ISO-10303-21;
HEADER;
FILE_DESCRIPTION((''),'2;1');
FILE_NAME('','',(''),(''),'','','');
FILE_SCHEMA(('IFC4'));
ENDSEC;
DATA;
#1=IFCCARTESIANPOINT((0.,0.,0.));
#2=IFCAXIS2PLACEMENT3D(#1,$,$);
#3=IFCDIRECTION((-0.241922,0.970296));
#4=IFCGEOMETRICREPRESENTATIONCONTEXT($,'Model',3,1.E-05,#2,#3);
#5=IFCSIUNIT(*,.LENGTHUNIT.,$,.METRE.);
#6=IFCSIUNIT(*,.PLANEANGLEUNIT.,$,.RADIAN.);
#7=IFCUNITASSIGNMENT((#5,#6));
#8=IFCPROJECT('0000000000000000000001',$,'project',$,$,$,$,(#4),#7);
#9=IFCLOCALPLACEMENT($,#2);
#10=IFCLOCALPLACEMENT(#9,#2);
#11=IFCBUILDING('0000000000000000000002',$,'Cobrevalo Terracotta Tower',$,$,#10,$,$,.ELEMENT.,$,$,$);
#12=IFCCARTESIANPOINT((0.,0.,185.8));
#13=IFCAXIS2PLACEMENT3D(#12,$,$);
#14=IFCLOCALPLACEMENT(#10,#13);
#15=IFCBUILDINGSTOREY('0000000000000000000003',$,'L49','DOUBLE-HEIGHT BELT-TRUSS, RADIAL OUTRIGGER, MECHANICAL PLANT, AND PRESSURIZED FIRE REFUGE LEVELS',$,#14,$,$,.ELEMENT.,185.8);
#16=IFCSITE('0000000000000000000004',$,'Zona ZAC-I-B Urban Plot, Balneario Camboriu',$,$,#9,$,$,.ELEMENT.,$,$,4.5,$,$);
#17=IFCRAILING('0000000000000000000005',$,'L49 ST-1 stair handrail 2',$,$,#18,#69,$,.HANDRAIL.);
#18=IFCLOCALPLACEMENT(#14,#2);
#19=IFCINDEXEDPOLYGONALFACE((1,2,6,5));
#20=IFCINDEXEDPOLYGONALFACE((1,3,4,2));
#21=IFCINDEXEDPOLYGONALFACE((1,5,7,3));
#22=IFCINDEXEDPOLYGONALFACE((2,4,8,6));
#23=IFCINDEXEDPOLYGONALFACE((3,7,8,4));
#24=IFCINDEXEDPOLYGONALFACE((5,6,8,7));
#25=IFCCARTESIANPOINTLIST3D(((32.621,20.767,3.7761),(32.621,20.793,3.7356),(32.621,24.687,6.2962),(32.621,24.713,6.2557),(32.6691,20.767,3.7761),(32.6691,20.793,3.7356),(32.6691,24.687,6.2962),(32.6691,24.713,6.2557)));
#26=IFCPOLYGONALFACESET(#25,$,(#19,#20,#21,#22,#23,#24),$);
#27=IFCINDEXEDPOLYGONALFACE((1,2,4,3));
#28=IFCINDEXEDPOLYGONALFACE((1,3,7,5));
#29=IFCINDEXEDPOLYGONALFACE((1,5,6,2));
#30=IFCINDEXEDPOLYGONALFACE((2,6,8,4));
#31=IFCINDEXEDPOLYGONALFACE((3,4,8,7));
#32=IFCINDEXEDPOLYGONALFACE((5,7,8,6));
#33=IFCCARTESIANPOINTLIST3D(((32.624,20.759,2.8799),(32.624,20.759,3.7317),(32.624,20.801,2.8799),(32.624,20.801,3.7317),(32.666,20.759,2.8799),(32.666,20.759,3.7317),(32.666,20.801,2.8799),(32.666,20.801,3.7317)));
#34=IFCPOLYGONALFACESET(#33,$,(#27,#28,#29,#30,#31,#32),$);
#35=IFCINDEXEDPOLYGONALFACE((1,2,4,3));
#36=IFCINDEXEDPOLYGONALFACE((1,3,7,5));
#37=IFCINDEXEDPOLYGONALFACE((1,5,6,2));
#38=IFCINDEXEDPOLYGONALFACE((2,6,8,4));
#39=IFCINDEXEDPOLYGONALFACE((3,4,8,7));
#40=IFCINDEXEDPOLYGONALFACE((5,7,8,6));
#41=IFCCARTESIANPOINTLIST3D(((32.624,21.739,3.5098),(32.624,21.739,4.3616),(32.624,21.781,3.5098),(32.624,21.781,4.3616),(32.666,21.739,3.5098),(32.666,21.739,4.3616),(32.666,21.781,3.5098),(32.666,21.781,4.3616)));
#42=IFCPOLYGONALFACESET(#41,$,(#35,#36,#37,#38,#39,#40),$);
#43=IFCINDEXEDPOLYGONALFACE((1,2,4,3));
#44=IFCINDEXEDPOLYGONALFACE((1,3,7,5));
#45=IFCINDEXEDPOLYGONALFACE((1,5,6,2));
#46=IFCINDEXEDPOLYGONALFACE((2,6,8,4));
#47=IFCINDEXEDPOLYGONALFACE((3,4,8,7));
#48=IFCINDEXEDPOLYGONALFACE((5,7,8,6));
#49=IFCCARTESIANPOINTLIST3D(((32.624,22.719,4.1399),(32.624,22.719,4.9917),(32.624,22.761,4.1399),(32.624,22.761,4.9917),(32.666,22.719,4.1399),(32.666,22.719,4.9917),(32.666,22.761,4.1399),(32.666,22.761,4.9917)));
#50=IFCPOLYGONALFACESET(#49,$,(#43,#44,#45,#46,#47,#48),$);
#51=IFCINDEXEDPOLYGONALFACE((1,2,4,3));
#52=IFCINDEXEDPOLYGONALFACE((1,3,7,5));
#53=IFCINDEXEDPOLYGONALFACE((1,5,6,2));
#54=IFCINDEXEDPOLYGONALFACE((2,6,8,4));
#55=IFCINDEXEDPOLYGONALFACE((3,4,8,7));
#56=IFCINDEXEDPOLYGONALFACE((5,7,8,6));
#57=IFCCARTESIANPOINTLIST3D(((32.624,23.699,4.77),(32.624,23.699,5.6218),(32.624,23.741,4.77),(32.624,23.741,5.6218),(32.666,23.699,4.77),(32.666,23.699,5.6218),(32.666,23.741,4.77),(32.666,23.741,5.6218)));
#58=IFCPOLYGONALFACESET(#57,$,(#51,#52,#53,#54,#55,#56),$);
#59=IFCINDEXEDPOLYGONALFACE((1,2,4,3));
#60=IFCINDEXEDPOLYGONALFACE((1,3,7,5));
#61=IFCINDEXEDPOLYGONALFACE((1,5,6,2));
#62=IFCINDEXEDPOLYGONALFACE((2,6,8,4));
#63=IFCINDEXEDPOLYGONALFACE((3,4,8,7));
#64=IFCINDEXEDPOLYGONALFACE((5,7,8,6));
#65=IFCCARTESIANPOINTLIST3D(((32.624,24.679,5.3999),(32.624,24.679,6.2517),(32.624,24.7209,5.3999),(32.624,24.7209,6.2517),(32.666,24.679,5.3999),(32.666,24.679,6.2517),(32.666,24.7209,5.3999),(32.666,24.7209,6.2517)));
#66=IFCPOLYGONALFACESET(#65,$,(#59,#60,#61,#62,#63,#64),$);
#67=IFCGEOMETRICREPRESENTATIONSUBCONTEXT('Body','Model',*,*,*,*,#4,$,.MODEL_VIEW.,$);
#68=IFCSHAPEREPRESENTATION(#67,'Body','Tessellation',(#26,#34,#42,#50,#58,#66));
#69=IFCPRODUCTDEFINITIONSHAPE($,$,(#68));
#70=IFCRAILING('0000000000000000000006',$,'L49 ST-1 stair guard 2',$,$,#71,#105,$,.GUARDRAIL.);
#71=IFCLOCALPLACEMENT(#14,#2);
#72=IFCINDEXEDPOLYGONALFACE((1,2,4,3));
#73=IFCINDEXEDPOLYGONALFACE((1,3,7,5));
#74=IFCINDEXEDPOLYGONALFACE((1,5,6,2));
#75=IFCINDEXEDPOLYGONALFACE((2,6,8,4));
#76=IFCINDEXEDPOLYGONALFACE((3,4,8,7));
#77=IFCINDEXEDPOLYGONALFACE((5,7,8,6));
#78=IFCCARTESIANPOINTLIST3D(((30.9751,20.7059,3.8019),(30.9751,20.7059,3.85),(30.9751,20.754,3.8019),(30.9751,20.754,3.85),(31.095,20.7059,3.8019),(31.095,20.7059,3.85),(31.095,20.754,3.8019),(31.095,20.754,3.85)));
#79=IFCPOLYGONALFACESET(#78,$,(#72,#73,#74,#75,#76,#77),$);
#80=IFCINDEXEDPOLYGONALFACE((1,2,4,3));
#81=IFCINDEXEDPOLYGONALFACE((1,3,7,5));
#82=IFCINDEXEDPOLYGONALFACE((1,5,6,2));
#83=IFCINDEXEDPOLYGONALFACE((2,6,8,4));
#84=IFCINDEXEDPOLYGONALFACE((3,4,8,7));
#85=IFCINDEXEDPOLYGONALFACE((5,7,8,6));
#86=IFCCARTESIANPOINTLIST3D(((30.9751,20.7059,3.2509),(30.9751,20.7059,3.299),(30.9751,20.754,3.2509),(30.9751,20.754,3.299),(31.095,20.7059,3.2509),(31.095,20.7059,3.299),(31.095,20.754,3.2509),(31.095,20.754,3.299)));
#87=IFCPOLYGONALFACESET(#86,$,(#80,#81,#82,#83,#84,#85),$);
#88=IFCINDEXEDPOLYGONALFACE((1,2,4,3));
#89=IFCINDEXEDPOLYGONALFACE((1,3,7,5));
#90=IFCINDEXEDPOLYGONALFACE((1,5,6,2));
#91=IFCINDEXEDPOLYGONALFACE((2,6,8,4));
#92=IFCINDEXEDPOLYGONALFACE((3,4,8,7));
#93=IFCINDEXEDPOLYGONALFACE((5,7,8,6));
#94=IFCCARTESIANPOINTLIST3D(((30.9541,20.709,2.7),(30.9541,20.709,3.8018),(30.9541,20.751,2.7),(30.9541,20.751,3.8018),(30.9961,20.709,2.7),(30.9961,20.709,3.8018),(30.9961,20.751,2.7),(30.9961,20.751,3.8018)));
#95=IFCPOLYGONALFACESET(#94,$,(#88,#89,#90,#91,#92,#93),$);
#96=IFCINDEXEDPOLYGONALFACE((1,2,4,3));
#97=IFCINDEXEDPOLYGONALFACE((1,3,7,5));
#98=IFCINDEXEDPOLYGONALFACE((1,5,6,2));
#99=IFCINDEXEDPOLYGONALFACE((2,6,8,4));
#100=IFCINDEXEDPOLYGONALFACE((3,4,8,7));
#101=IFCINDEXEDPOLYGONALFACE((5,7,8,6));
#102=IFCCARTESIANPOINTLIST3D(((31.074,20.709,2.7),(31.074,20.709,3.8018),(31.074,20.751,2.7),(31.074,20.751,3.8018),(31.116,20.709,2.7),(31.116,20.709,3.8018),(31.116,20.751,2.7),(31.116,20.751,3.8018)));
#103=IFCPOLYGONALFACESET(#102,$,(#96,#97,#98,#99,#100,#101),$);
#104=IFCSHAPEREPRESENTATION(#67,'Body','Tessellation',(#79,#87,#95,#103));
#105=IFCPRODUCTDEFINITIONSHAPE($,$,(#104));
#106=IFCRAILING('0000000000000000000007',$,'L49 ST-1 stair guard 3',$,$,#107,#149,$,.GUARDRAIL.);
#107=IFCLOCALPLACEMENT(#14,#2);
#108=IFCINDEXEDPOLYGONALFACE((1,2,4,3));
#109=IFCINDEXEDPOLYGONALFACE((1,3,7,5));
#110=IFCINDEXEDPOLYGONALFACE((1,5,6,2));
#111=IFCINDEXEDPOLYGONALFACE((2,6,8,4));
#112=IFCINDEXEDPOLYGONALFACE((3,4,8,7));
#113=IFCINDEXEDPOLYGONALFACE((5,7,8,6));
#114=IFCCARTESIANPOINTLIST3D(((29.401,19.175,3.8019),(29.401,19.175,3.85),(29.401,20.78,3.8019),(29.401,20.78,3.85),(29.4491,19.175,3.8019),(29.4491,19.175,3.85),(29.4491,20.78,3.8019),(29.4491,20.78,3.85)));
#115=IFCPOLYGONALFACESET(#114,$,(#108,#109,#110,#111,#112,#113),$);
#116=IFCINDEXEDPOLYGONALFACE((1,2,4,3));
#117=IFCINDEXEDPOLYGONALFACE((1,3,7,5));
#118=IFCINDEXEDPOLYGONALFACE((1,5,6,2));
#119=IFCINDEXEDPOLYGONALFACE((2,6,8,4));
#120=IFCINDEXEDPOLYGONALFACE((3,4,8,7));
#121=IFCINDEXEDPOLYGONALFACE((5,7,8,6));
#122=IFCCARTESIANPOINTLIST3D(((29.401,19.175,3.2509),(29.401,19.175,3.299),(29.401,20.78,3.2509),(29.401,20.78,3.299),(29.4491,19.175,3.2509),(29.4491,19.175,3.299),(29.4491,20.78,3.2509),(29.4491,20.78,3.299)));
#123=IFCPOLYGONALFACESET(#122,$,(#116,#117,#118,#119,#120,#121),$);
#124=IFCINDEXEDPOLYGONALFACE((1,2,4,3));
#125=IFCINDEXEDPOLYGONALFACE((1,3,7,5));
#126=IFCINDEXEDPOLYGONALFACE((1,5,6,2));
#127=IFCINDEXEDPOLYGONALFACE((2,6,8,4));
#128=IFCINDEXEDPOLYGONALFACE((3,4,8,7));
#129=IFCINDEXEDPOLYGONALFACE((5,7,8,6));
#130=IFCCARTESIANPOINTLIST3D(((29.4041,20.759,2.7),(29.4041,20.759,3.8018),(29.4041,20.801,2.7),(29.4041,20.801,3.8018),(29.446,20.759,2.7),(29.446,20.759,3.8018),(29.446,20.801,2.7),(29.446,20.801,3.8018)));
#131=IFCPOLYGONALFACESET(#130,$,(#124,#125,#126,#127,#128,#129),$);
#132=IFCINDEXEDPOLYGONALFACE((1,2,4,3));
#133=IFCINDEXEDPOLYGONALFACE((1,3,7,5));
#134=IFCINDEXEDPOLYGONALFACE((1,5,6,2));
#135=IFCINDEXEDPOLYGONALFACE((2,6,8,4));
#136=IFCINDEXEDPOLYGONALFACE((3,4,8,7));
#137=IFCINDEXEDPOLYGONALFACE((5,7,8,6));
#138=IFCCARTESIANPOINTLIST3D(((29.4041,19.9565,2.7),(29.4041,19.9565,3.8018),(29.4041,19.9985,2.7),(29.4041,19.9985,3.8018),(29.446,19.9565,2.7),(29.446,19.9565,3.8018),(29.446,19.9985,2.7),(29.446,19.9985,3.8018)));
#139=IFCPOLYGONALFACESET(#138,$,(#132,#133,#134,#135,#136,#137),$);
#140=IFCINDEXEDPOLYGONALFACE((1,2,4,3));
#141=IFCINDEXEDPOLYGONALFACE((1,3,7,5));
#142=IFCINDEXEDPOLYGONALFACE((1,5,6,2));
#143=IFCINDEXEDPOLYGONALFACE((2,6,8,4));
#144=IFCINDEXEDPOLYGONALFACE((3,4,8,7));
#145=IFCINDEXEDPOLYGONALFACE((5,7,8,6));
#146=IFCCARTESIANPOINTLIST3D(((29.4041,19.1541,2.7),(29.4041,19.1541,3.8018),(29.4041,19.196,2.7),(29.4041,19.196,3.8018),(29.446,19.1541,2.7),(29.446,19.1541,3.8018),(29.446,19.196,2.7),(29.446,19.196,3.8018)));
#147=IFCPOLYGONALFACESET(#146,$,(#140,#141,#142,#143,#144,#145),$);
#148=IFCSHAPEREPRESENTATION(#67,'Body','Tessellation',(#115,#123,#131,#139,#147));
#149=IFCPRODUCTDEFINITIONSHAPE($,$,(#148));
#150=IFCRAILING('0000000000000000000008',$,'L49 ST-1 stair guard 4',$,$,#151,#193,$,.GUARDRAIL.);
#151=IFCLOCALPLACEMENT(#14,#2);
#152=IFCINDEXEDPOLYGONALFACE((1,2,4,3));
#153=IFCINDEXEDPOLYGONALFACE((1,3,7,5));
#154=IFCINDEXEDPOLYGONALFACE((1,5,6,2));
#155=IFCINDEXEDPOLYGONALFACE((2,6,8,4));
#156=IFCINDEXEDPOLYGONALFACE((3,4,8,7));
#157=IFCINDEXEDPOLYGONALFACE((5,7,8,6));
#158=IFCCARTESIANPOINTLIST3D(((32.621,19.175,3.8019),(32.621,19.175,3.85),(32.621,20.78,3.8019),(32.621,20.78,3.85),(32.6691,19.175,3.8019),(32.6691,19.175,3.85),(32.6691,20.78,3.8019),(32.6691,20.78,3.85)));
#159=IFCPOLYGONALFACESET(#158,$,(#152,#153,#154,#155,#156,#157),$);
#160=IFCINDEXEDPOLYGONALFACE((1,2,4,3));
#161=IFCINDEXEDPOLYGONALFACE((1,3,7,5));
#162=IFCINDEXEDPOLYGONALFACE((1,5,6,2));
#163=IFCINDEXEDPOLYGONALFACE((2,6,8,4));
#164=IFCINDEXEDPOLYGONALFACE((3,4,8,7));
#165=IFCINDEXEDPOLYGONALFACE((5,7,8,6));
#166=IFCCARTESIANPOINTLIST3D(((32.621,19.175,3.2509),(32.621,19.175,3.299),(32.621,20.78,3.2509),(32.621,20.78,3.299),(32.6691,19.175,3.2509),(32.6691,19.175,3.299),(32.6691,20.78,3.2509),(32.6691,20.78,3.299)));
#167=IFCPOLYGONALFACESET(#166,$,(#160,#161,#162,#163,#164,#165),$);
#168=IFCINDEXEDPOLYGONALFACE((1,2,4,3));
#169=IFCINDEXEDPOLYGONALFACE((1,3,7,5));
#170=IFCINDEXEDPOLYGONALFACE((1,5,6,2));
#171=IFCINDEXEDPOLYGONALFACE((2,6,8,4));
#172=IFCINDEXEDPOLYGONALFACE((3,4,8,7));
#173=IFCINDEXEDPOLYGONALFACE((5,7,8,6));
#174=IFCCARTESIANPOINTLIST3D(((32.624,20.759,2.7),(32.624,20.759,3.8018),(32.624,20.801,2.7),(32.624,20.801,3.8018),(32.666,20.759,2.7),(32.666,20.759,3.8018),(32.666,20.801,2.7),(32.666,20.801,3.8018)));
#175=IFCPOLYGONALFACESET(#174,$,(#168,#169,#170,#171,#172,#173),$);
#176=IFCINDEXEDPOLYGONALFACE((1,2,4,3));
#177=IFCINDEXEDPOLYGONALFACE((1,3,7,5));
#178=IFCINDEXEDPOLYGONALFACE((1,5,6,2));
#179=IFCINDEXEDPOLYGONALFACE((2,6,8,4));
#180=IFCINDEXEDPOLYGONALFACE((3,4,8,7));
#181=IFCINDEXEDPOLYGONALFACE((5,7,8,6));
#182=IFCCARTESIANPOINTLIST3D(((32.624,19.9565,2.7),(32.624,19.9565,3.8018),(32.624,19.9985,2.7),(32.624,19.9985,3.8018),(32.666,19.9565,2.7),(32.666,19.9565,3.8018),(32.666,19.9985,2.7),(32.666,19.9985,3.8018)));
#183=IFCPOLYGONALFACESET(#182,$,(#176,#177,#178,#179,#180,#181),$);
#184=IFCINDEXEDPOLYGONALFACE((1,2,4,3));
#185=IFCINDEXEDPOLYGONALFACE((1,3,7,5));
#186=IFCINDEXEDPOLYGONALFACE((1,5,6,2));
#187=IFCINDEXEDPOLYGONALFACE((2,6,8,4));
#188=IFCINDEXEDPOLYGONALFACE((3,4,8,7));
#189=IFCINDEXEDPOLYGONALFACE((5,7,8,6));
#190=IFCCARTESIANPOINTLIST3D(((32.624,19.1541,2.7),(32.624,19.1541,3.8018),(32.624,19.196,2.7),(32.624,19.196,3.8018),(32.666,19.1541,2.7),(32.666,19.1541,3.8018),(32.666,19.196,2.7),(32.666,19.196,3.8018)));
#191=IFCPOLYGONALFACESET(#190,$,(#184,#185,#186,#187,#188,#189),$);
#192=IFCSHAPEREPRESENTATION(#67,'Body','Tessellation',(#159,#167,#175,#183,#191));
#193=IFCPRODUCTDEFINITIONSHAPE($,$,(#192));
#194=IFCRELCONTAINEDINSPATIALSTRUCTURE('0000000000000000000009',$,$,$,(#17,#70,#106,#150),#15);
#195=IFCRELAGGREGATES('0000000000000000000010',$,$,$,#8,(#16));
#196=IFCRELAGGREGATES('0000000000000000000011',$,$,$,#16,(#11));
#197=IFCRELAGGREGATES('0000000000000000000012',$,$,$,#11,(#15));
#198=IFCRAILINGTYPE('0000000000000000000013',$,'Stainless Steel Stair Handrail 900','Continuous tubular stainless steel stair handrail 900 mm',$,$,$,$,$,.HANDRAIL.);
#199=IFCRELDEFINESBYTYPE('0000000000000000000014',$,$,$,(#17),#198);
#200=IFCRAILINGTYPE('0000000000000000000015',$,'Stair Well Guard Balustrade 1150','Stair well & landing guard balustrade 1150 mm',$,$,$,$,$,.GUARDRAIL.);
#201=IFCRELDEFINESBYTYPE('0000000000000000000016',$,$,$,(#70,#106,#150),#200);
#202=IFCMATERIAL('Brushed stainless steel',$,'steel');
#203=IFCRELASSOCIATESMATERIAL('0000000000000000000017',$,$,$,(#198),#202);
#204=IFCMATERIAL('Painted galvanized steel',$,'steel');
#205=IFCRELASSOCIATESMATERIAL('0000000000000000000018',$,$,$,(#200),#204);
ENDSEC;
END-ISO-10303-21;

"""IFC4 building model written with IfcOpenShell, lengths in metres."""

from ifc_helpers import new_model, si_unit, direction, frame, origin, origin_2d, place, context, subcontext, project, spatial, rectangle, extrude, material, type_object, element, save


model = new_model("IFC4")

# Units and contexts
model_context = context("Model", 3, precision=1e-05, world=origin(), true_north=direction((-0.241922, 0.970296)))
body_context = subcontext(model_context, "Body", "Model", "MODEL_VIEW")
ifc_project = project(units=[si_unit("LENGTHUNIT", "METRE"), si_unit("PLANEANGLEUNIT", "RADIAN")], contexts=[model_context])

# Site, building, storey
site_placement = place(None, origin())
site = spatial("IfcSite", under=ifc_project, at=site_placement, Name="Zona ZAC-I-B Urban Plot, Balneario Camboriu", CompositionType="ELEMENT", RefElevation=4.5)
building_placement = place(site_placement, origin())
building = spatial("IfcBuilding", under=site, at=building_placement, Name="Cobrevalo Terracotta Tower", CompositionType="ELEMENT")
storey_placement = place(building_placement, frame((0.0, 0.0, 185.8)))
storey = spatial("IfcBuildingStorey", under=building, at=storey_placement, Name="L49", Description="DOUBLE-HEIGHT BELT-TRUSS, RADIAL OUTRIGGER, MECHANICAL PLANT, AND PRESSURIZED FIRE REFUGE LEVELS", CompositionType="ELEMENT", Elevation=185.8)

# Railings
ifc_material_1 = material(Name="Brushed stainless steel", Category="steel")
railing_type_1 = type_object("IfcRailingType", Name="Stainless Steel Stair Handrail 900", Description="Continuous tubular stainless steel stair handrail 900 mm", PredefinedType="HANDRAIL", material=ifc_material_1)
railing_1_placement = place(storey_placement, frame((32.645, 20.78, 2.8799)))
element("IfcRailing", 1, at=railing_1_placement, inside=storey, type_object=railing_type_1, Name="L49 ST-1 stair handrail 2", PredefinedType="HANDRAIL", context=body_context, shape_type="SweptSolid", body=[
    extrude(rectangle(XDim=0.0481, YDim=0.0481, at=origin_2d()), frame((0.0, 0.0, 0.876), z_axis=(0.0, 0.841172, 0.540768), x_axis=(-1.0, 0.0, 0.0)), (0.0, 0.0, 1.0), 4.6602),
    extrude(rectangle(XDim=0.042, YDim=0.042, at=origin_2d()), origin(), (0.0, 0.0, 1.0), 0.8518),
    extrude(rectangle(XDim=0.042, YDim=0.042, at=origin_2d()), frame((0.0, 0.98, 0.6299)), (0.0, 0.0, 1.0), 0.8518),
    extrude(rectangle(XDim=0.042, YDim=0.042, at=origin_2d()), frame((0.0, 1.96, 1.26)), (0.0, 0.0, 1.0), 0.8518),
    extrude(rectangle(XDim=0.042, YDim=0.042, at=origin_2d()), frame((0.0, 2.9399, 1.8901)), (0.0, 0.0, 1.0), 0.8518),
    extrude(rectangle(XDim=0.042, YDim=0.042, at=origin_2d()), frame((0.0, 3.9199, 2.52)), (0.0, 0.0, 1.0), 0.8518),
])
ifc_material_2 = material(Name="Painted galvanized steel", Category="steel")
railing_type_2 = type_object("IfcRailingType", Name="Stair Well Guard Balustrade 1150", Description="Stair well & landing guard balustrade 1150 mm", PredefinedType="GUARDRAIL", material=ifc_material_2)
railing_2_placement = place(storey_placement, frame((30.9751, 20.73, 2.7)))
element("IfcRailing", 2, at=railing_2_placement, inside=storey, type_object=railing_type_2, Name="L49 ST-1 stair guard 2", PredefinedType="GUARDRAIL", context=body_context, shape_type="SweptSolid", body=[
    extrude(rectangle(XDim=0.0481, YDim=0.0481, at=origin_2d()), frame((0.0, 0.0, 1.126), z_axis=(1.0, 0.0, 0.0), x_axis=(0.0, 1.0, 0.0)), (0.0, 0.0, 1.0), 0.1199),
    extrude(rectangle(XDim=0.0481, YDim=0.0481, at=origin_2d()), frame((0.0, 0.0, 0.575), z_axis=(1.0, 0.0, 0.0), x_axis=(0.0, 1.0, 0.0)), (0.0, 0.0, 1.0), 0.1199),
    extrude(rectangle(XDim=0.042, YDim=0.042, at=origin_2d()), origin(), (0.0, 0.0, 1.0), 1.1018),
    extrude(rectangle(XDim=0.042, YDim=0.042, at=origin_2d()), frame((0.1199, 0.0, 0.0)), (0.0, 0.0, 1.0), 1.1018),
])
for number, where, name in (
    (3, (29.425, 20.78, 2.7), "L49 ST-1 stair guard 3"),
    (4, (32.645, 20.78, 2.7), "L49 ST-1 stair guard 4"),
):
    element("IfcRailing", number, at=place(storey_placement, frame(where)), inside=storey, type_object=railing_type_2, Name=name, PredefinedType="GUARDRAIL", context=body_context, shape_type="SweptSolid", body=[
        extrude(rectangle(XDim=0.0481, YDim=0.0481, at=origin_2d()), frame((0.0, 0.0, 1.126), z_axis=(0.0, -1.0, 0.0), x_axis=(1.0, 0.0, 0.0)), (0.0, 0.0, 1.0), 1.605),
        extrude(rectangle(XDim=0.0481, YDim=0.0481, at=origin_2d()), frame((0.0, 0.0, 0.575), z_axis=(0.0, -1.0, 0.0), x_axis=(1.0, 0.0, 0.0)), (0.0, 0.0, 1.0), 1.605),
        extrude(rectangle(XDim=0.042, YDim=0.042, at=origin_2d()), origin(), (0.0, 0.0, 1.0), 1.1018),
        extrude(rectangle(XDim=0.042, YDim=0.042, at=origin_2d()), frame((0.0, -0.8025, 0.0)), (0.0, 0.0, 1.0), 1.1018),
        extrude(rectangle(XDim=0.042, YDim=0.042, at=origin_2d()), frame((0.0, -1.605, 0.0)), (0.0, 0.0, 1.0), 1.1018),
    ])

save(model, "model.ifc")
